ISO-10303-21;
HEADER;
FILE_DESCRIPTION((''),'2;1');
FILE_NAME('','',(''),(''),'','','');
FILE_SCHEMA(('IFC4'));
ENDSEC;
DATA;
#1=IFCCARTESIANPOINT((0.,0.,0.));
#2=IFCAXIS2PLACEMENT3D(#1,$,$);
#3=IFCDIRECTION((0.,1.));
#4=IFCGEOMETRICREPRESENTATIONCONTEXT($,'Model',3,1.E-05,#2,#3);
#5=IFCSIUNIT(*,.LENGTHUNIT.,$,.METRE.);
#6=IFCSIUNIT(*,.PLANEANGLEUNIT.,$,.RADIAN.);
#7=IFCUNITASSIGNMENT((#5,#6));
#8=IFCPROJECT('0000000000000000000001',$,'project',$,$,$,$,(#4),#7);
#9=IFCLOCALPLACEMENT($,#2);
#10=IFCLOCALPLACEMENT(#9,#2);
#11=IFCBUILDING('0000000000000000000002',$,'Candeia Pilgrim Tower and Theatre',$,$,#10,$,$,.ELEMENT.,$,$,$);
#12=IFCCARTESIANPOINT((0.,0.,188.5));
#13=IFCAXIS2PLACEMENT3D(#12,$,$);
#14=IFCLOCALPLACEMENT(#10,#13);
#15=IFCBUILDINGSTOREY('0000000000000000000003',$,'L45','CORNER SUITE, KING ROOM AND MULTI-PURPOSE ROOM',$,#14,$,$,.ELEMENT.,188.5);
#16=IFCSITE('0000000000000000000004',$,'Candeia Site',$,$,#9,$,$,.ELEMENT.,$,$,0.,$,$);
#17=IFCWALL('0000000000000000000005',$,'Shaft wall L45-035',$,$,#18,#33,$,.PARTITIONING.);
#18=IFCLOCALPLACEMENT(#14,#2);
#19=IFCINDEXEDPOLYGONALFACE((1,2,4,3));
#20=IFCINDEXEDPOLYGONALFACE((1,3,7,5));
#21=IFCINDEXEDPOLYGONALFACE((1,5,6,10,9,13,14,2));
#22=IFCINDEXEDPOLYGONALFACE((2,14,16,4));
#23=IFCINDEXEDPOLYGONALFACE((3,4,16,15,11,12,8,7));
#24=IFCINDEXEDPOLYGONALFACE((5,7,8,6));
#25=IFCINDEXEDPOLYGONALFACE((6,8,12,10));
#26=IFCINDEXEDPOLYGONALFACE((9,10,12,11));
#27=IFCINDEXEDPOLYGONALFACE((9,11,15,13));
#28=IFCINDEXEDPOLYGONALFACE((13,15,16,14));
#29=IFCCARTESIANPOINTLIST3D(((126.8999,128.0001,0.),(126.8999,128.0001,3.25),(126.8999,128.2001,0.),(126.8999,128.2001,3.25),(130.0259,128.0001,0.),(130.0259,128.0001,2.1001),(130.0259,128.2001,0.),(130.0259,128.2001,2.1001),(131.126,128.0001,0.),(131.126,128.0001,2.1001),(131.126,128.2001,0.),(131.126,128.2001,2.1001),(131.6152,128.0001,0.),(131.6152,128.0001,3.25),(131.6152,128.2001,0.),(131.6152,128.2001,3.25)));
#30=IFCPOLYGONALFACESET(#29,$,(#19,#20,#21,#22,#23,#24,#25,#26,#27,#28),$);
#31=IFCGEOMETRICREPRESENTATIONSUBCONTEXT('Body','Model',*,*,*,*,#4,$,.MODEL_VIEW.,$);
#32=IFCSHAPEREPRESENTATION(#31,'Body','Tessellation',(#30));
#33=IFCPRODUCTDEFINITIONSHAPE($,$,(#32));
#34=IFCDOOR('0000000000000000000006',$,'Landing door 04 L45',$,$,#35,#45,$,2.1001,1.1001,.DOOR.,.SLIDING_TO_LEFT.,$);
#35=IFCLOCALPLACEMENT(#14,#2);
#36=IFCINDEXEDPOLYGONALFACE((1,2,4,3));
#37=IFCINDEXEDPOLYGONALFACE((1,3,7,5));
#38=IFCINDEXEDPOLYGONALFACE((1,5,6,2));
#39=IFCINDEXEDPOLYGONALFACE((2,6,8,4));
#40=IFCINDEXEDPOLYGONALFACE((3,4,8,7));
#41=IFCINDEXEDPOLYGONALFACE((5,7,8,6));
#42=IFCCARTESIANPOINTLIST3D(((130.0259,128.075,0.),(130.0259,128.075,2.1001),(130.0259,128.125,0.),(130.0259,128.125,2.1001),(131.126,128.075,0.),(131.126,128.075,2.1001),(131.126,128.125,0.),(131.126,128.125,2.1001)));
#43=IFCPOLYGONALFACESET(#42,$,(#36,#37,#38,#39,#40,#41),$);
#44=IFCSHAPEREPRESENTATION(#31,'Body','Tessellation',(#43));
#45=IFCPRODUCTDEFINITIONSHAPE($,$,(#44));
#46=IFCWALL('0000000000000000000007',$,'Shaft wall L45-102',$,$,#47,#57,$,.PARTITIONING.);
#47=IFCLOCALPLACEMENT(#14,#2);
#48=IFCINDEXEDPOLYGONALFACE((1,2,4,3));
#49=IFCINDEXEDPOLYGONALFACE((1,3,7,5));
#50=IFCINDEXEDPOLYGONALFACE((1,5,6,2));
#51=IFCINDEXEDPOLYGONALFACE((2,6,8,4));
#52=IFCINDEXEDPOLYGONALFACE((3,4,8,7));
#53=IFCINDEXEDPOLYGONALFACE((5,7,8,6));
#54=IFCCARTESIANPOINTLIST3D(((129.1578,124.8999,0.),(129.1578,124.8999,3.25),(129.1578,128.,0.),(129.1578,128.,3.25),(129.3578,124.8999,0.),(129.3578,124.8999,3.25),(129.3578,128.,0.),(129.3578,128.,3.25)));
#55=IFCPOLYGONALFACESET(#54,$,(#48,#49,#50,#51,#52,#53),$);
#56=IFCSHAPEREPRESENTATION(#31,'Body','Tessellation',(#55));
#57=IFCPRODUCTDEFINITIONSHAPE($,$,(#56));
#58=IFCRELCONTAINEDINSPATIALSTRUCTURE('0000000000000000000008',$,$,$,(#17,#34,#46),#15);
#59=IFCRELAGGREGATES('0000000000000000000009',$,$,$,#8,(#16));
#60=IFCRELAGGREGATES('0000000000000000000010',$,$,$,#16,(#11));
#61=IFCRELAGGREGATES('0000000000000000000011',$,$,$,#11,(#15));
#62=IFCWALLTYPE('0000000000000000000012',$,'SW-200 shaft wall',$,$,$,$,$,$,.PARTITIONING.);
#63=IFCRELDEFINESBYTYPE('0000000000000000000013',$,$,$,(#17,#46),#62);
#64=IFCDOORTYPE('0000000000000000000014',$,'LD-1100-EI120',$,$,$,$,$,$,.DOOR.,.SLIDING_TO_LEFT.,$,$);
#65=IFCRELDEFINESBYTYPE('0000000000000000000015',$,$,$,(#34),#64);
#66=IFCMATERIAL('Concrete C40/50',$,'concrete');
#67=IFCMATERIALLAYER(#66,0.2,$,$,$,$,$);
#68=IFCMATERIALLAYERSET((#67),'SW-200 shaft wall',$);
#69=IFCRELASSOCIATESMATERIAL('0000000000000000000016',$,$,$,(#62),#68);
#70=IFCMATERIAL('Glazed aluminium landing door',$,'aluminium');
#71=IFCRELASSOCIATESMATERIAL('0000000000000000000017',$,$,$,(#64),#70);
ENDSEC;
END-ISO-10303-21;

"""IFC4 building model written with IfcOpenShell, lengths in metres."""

from ifc_helpers import new_model, si_unit, direction, frame, frame_2d, origin, place, context, subcontext, project, spatial, rectangle, extrude, material, layer, layer_set, type_object, element, fill, save


model = new_model("IFC4")

# Units and contexts
model_context = context("Model", 3, precision=1e-05, world=origin(), true_north=direction((0.0, 1.0)))
body_context = subcontext(model_context, "Body", "Model", "MODEL_VIEW")
ifc_project = project(units=[si_unit("LENGTHUNIT", "METRE"), si_unit("PLANEANGLEUNIT", "RADIAN")], contexts=[model_context])

# Site, building, storey
site_placement = place(None, origin())
site = spatial("IfcSite", under=ifc_project, at=site_placement, Name="Candeia Site", CompositionType="ELEMENT", RefElevation=0.0)
building_placement = place(site_placement, origin())
building = spatial("IfcBuilding", under=site, at=building_placement, Name="Candeia Pilgrim Tower and Theatre", CompositionType="ELEMENT")
storey_placement = place(building_placement, frame((0.0, 0.0, 188.5)))
storey = spatial("IfcBuildingStorey", under=building, at=storey_placement, Name="L45", Description="CORNER SUITE, KING ROOM AND MULTI-PURPOSE ROOM", CompositionType="ELEMENT", Elevation=188.5)

# Wall, opening, door
ifc_material_1 = material(Name="Concrete C40/50", Category="concrete")
ifc_layer_1 = layer(ifc_material_1, 0.2)
ifc_layer_set_1 = layer_set([ifc_layer_1], Name="SW-200 shaft wall")
wall_type_1 = type_object("IfcWallType", Name="SW-200 shaft wall", PredefinedType="PARTITIONING", material=ifc_layer_set_1)
ifc_material_2 = material(Name="Glazed aluminium landing door", Category="aluminium")
door_type_1 = type_object("IfcDoorType", Name="LD-1100-EI120", OperationType="SLIDING_TO_LEFT", PredefinedType="DOOR", material=ifc_material_2)
wall_1_placement = place(storey_placement, frame((126.8999, 128.1001, 0.0), z_axis=(0.0, 0.0, 1.0), x_axis=(1.0, 0.0, 0.0)))
wall_1 = element("IfcWall", 1, at=wall_1_placement, inside=storey, type_object=wall_type_1, Name="Shaft wall L45-035", PredefinedType="PARTITIONING", context=body_context, shape_type="SweptSolid", body=[
    extrude(rectangle(XDim=4.7153, YDim=0.2, at=frame_2d((2.3577, 0.0))), origin(), (0.0, 0.0, 1.0), 3.25),
])
opening_1_placement = place(wall_1_placement, frame((3.126, 0.0, 0.0)))
opening_1 = element("IfcOpeningElement", 2, at=opening_1_placement, cuts=wall_1, PredefinedType="OPENING", context=body_context, shape_type="SweptSolid", body=[
    extrude(rectangle(XDim=1.1001, YDim=2.1001, at=frame_2d((0.55, 1.05))), frame((0.0, 0.1099, 0.0), z_axis=(0.0, -1.0, 0.0), x_axis=(1.0, 0.0, 0.0)), (0.0, 0.0, 1.0), 0.22),
])
door_1_placement = place(opening_1_placement, origin())
door_1 = element("IfcDoor", 3, at=door_1_placement, inside=storey, type_object=door_type_1, Name="Landing door 04 L45", OperationType="SLIDING_TO_LEFT", OverallHeight=2.1001, OverallWidth=1.1001, PredefinedType="DOOR", context=body_context, shape_type="SweptSolid", body=[
    extrude(rectangle(XDim=1.1001, YDim=2.1001, at=frame_2d((0.55, 1.05))), frame((0.0, 0.0249, 0.0), z_axis=(0.0, -1.0, 0.0), x_axis=(1.0, 0.0, 0.0)), (0.0, 0.0, 1.0), 0.05),
])
fill(opening_1, door_1)

# Wall
wall_2_placement = place(storey_placement, frame((129.2578, 124.8999, 0.0), z_axis=(0.0, 0.0, 1.0), x_axis=(0.0, 1.0, 0.0)))
element("IfcWall", 4, at=wall_2_placement, inside=storey, type_object=wall_type_1, Name="Shaft wall L45-102", PredefinedType="PARTITIONING", context=body_context, shape_type="SweptSolid", body=[
    extrude(rectangle(XDim=3.1001, YDim=0.2, at=frame_2d((1.55, 0.0))), origin(), (0.0, 0.0, 1.0), 3.25),
])

save(model, "model.ifc")
